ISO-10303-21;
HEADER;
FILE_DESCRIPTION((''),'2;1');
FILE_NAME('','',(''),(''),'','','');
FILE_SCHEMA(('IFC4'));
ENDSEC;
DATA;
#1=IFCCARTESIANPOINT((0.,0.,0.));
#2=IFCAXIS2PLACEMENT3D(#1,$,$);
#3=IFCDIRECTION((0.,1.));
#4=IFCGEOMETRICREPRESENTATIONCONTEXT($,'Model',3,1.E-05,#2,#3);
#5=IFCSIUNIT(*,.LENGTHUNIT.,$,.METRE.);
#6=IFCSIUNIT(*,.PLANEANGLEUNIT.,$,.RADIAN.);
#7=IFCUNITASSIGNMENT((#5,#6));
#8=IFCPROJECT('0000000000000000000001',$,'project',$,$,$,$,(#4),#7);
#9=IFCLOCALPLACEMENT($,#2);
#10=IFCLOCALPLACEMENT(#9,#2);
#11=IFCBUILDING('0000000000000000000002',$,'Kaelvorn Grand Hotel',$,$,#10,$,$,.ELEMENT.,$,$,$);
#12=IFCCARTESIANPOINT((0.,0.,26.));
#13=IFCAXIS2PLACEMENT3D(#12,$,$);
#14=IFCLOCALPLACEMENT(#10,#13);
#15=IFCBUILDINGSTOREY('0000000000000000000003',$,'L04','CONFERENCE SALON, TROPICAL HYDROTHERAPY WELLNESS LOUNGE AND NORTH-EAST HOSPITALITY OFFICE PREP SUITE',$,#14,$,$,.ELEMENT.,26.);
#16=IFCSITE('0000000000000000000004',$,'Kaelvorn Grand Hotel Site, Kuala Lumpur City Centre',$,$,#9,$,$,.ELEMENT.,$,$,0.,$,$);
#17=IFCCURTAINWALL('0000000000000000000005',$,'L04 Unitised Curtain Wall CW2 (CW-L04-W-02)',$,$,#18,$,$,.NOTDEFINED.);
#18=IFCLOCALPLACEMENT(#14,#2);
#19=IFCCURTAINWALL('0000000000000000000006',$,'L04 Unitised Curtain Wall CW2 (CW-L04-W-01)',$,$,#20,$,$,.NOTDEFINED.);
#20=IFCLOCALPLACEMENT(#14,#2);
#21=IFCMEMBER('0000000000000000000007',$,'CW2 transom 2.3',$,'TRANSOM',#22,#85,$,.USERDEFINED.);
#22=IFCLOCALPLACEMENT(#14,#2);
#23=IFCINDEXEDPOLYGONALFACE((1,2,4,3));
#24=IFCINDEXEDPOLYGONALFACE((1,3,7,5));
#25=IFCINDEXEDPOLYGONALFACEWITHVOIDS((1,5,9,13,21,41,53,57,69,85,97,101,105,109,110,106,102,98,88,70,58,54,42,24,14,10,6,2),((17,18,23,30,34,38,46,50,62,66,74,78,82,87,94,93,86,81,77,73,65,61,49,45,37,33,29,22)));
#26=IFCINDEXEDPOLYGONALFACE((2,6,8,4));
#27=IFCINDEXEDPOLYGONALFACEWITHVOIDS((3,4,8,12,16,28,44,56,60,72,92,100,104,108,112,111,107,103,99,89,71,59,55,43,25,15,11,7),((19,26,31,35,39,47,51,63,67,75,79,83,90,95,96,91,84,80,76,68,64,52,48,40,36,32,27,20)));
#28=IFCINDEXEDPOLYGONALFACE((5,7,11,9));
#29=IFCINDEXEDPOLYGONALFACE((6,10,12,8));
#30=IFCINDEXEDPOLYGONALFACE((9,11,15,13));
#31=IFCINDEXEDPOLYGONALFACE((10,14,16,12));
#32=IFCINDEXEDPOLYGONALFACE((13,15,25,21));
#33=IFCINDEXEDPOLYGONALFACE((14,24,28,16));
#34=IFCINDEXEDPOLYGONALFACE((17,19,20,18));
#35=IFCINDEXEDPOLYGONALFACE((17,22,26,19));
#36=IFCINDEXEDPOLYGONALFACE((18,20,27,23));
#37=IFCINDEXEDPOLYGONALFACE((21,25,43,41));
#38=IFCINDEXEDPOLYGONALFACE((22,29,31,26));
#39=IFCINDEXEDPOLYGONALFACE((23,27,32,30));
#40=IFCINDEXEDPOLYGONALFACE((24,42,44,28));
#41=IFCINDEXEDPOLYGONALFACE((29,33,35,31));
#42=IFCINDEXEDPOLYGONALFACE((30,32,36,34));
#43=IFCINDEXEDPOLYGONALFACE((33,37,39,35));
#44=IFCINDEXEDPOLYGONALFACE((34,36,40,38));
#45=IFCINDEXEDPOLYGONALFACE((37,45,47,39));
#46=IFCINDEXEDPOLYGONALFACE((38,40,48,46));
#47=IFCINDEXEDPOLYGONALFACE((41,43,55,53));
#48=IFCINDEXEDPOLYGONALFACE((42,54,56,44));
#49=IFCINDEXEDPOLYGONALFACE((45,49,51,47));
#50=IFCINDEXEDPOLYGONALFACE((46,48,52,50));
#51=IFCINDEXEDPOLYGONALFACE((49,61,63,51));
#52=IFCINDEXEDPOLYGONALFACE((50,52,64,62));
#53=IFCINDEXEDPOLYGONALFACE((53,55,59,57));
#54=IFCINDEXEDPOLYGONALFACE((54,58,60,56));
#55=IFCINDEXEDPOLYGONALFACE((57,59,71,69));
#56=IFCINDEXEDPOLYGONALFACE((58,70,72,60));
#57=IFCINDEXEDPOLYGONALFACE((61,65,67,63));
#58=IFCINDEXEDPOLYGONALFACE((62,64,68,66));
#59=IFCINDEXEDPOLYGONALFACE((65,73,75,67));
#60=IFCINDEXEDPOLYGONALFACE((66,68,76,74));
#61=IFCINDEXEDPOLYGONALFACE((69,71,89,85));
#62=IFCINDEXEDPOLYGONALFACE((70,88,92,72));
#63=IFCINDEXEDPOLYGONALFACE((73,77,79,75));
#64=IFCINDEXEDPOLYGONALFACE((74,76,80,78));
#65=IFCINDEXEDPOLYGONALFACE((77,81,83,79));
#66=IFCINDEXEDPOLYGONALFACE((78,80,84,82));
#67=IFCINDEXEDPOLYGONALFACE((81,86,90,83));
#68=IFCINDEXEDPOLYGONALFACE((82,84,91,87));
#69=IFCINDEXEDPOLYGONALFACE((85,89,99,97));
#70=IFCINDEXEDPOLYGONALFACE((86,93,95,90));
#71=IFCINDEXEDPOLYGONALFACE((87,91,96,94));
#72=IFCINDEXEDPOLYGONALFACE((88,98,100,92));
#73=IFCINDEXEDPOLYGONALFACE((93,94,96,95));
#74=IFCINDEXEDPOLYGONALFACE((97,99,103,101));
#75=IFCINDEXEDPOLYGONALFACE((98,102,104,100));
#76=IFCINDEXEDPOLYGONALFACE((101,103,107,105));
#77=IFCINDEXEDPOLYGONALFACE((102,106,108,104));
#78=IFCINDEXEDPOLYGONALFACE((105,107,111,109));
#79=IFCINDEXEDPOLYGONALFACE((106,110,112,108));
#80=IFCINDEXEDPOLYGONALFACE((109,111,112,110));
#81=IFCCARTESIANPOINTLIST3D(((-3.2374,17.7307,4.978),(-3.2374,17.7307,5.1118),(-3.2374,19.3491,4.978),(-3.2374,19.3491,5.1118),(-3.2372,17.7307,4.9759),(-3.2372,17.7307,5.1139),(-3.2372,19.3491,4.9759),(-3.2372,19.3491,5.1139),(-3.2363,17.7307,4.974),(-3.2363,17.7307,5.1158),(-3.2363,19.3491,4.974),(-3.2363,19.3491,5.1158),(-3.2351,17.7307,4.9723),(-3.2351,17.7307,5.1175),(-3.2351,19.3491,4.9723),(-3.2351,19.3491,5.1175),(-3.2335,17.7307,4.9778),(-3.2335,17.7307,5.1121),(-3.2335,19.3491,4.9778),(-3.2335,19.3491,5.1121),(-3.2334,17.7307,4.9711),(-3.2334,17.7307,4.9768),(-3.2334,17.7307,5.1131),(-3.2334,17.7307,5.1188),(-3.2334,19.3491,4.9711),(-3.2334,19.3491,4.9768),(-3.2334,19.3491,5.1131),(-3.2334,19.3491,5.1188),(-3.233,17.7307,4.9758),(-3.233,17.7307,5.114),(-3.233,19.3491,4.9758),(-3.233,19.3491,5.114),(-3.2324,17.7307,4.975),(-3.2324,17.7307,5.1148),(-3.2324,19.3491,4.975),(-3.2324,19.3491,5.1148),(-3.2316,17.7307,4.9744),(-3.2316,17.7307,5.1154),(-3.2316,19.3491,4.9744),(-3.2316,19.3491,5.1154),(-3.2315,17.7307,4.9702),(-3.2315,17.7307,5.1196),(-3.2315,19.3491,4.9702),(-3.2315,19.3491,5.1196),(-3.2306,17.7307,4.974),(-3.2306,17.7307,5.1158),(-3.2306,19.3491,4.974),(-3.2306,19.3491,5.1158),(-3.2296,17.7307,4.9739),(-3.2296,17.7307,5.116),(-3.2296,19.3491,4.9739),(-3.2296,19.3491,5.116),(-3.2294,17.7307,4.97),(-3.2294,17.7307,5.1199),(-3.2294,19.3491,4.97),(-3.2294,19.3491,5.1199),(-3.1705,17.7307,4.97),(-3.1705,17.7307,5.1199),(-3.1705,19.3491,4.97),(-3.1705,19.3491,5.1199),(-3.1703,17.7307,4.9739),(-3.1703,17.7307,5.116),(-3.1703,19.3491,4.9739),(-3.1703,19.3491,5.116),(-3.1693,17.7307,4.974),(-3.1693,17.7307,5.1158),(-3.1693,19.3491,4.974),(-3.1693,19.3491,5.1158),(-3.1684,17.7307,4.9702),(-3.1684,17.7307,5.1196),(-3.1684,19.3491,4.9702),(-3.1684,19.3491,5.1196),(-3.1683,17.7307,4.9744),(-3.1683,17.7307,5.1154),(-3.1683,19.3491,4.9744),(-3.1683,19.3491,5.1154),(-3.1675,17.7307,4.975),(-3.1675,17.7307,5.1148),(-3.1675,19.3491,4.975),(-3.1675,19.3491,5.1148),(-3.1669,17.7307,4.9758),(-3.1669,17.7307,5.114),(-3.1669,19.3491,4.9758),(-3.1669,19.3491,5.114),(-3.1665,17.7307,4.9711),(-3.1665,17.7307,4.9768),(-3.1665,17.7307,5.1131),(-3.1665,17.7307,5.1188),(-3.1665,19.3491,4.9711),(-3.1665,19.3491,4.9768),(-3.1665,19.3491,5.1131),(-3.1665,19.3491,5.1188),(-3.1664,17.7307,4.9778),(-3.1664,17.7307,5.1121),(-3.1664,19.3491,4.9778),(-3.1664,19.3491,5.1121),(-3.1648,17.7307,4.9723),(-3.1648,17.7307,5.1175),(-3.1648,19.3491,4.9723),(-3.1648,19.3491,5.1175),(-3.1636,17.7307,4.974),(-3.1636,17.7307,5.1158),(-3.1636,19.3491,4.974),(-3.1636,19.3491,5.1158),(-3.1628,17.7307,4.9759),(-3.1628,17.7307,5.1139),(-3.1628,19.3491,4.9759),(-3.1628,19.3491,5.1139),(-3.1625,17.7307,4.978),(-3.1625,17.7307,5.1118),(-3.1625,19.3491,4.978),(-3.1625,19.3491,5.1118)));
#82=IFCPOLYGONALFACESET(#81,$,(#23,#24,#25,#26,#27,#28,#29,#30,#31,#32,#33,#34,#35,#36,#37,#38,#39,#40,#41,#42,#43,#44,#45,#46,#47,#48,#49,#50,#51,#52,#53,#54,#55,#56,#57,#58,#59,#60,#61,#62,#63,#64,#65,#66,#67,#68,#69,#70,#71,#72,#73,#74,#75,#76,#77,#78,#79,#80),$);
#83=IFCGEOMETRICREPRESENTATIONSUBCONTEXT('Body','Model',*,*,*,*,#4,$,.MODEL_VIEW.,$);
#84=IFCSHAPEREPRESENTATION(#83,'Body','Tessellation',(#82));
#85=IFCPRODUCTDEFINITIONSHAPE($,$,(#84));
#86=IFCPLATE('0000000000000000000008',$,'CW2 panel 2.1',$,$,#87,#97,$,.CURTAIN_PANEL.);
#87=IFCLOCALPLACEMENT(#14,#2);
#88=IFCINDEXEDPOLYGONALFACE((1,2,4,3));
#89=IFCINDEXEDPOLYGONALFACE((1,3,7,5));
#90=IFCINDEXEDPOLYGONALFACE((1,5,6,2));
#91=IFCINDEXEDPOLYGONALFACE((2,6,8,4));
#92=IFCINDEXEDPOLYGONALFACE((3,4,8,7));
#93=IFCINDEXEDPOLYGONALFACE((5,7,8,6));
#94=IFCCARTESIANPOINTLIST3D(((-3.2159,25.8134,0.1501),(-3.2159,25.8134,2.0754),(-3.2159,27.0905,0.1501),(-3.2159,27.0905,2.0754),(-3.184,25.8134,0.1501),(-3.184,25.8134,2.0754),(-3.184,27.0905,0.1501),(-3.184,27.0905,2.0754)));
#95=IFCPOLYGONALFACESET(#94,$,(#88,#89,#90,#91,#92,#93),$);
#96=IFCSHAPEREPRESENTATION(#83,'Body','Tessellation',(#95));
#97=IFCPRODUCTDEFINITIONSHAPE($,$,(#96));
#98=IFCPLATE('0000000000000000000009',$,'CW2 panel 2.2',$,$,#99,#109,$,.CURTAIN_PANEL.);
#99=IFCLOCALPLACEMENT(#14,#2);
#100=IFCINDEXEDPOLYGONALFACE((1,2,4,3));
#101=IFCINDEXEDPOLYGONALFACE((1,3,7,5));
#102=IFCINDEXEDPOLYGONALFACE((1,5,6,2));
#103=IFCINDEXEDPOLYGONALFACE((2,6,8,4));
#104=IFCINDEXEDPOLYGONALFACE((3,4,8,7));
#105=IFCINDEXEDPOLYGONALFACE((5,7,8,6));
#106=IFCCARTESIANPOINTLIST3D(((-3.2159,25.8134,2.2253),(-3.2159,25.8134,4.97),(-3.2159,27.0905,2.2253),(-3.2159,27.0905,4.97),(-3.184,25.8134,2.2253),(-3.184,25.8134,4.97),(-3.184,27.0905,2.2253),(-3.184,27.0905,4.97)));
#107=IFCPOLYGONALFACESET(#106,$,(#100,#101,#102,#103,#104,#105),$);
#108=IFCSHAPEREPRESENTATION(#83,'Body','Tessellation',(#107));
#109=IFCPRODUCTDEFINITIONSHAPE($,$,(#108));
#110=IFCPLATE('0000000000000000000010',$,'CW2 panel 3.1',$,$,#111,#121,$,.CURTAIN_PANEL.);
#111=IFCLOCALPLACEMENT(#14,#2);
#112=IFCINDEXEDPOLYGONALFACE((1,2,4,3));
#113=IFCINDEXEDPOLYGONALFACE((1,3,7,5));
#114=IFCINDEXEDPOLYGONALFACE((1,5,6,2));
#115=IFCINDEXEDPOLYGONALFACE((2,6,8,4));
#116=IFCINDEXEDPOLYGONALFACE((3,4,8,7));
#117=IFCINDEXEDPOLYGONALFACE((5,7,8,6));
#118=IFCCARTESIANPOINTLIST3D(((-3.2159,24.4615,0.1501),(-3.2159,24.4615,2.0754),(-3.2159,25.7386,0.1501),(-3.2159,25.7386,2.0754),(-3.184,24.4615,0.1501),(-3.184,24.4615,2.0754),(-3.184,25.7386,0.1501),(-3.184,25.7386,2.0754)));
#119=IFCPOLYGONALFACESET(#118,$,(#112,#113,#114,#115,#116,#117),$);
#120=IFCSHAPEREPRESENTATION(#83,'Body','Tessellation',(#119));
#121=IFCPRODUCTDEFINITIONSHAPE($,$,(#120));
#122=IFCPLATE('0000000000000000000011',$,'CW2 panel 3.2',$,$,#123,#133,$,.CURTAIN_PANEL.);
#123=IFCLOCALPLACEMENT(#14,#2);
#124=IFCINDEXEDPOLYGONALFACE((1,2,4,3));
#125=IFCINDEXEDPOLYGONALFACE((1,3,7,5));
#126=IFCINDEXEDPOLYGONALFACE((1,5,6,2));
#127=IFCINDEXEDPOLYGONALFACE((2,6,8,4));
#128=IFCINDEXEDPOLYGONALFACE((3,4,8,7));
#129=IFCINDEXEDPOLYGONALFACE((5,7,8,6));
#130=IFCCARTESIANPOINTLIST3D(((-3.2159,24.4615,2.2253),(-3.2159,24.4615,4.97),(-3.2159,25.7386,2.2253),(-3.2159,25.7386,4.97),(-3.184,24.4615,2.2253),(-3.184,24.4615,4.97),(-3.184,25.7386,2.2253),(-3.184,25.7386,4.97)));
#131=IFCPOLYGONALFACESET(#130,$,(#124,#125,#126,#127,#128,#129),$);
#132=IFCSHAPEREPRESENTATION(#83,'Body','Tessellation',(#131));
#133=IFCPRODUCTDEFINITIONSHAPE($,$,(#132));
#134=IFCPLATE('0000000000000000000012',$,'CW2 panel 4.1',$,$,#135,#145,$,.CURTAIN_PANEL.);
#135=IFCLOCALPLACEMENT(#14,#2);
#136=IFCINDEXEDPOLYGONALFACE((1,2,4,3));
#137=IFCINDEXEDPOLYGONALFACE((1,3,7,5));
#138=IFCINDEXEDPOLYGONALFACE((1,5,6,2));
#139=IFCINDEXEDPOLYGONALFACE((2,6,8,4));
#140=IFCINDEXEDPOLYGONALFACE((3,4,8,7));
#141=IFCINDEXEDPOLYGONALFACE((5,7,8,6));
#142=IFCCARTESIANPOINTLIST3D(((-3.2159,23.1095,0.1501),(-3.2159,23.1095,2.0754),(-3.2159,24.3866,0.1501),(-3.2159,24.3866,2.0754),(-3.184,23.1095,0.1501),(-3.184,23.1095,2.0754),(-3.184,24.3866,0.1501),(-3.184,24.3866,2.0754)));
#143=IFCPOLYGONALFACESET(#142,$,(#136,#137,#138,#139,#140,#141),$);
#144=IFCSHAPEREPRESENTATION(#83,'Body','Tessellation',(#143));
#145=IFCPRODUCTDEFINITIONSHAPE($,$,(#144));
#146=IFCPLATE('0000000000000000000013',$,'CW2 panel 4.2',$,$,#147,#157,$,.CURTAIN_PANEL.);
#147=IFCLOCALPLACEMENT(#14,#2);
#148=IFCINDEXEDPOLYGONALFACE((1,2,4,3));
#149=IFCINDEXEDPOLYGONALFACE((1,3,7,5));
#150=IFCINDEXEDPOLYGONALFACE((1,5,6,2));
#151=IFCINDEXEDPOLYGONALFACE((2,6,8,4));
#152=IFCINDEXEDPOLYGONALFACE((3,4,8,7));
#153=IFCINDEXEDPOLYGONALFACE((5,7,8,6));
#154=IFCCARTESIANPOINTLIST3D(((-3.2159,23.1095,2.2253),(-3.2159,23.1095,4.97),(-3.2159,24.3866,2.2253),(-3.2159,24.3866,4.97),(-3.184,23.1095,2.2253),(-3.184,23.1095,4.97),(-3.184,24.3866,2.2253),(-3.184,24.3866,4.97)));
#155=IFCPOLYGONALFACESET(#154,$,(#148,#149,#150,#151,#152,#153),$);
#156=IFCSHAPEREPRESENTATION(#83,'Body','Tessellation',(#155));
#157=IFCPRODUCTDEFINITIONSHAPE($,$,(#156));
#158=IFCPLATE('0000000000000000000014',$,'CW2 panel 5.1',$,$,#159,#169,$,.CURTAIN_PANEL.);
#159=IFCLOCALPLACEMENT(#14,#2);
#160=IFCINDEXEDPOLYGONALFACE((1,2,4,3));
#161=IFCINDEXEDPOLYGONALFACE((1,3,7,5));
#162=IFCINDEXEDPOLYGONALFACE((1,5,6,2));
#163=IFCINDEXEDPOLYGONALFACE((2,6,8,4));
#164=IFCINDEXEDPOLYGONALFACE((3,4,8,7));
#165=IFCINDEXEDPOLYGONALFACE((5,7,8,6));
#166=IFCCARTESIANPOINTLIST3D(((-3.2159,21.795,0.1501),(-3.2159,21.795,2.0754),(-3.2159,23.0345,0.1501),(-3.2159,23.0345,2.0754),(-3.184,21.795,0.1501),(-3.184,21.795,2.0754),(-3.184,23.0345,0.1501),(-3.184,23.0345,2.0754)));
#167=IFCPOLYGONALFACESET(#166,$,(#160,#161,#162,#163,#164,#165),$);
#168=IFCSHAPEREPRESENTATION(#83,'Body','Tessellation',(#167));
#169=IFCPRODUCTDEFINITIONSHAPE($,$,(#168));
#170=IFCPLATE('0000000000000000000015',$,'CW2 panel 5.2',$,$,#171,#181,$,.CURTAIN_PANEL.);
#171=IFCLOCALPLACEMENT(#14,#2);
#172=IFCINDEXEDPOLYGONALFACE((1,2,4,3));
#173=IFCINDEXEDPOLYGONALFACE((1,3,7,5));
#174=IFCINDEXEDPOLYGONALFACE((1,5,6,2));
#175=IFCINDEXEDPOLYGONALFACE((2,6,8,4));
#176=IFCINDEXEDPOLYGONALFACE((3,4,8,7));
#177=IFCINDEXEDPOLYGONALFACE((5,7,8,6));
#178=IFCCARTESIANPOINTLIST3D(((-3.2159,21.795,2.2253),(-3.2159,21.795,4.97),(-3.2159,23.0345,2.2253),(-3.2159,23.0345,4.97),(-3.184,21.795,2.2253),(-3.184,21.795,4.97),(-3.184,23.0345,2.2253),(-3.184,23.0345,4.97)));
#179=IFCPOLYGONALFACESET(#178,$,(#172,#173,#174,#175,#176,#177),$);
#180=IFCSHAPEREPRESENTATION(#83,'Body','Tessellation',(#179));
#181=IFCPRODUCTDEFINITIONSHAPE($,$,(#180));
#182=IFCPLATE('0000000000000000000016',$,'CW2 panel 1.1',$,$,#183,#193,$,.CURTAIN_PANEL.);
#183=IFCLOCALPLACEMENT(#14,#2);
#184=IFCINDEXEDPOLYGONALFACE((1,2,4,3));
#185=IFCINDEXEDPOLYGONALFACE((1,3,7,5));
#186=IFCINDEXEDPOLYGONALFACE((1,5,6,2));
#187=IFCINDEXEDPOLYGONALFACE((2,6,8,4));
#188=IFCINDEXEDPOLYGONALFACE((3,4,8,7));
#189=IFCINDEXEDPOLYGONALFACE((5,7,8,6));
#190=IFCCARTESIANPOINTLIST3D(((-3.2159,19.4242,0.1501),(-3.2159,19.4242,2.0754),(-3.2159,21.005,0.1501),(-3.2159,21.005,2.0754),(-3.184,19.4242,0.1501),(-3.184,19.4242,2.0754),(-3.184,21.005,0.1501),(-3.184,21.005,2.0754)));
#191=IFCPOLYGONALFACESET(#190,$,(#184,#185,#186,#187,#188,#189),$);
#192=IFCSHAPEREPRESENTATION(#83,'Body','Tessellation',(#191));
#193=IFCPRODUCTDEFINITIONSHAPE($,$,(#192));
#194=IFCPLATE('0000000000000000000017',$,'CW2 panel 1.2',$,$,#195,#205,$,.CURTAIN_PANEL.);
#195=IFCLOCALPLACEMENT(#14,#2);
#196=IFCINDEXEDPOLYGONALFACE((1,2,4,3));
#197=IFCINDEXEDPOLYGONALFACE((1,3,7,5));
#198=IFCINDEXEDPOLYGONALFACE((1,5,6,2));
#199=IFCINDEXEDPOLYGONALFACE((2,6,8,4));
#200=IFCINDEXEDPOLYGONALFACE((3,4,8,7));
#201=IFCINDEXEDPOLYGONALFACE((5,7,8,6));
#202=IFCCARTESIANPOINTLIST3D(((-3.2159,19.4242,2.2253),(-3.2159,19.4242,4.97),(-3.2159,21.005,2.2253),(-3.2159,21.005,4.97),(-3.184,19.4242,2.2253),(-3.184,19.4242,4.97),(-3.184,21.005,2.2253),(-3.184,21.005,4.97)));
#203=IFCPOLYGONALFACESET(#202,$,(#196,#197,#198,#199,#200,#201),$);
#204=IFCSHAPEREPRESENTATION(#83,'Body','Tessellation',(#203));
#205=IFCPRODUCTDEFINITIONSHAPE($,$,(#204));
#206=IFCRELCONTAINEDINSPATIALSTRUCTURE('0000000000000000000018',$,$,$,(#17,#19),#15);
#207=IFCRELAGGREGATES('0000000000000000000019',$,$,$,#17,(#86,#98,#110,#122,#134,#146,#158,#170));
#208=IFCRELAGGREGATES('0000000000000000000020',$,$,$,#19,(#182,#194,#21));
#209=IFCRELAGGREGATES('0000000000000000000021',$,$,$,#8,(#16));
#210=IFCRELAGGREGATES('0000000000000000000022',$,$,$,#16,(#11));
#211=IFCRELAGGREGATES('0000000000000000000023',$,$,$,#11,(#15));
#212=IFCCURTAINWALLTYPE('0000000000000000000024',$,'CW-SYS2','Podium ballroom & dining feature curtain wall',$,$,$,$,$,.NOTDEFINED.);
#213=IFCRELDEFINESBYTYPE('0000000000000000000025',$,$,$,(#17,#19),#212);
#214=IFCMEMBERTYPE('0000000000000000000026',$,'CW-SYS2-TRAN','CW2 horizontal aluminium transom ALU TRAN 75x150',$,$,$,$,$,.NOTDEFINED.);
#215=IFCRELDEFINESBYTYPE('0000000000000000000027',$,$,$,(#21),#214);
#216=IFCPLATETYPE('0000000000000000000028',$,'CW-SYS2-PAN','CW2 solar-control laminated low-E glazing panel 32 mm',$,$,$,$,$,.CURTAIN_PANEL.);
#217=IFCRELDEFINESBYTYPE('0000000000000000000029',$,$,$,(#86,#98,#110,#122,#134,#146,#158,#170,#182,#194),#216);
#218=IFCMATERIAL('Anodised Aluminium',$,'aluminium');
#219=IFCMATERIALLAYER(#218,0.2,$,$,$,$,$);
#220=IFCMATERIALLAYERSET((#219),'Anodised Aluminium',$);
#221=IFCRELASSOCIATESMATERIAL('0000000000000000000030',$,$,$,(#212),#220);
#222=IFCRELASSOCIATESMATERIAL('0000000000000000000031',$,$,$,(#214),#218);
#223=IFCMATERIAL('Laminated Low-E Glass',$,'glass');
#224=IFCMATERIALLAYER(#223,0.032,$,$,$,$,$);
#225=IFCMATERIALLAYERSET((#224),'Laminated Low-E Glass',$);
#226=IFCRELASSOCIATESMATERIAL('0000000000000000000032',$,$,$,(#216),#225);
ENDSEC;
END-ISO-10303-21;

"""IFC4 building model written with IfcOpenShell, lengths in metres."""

from ifc_helpers import new_model, si_unit, direction, frame, origin, origin_2d, place, context, subcontext, project, spatial, rectangle, hollow_rectangle, extrude, material, layer, layer_set, material_profile, profile_set, type_object, element, aggregate, save


model = new_model("IFC4")

# Units and contexts
model_context = context("Model", 3, precision=1e-05, world=origin(), true_north=direction((0.0, 1.0)))
body_context = subcontext(model_context, "Body", "Model", "MODEL_VIEW")
ifc_project = project(units=[si_unit("LENGTHUNIT", "METRE"), si_unit("PLANEANGLEUNIT", "RADIAN")], contexts=[model_context])

# Site, building, storey
site_placement = place(None, origin())
site = spatial("IfcSite", under=ifc_project, at=site_placement, Name="Kaelvorn Grand Hotel Site, Kuala Lumpur City Centre", CompositionType="ELEMENT", RefElevation=0.0)
building_placement = place(site_placement, origin())
building = spatial("IfcBuilding", under=site, at=building_placement, Name="Kaelvorn Grand Hotel", CompositionType="ELEMENT")
storey_placement = place(building_placement, frame((0.0, 0.0, 26.0)))
storey = spatial("IfcBuildingStorey", under=building, at=storey_placement, Name="L04", Description="CONFERENCE SALON, TROPICAL HYDROTHERAPY WELLNESS LOUNGE AND NORTH-EAST HOSPITALITY OFFICE PREP SUITE", CompositionType="ELEMENT", Elevation=26.0)

# Curtain walls
ifc_material_1 = material(Name="Anodised Aluminium", Category="aluminium")
ifc_layer_1 = layer(ifc_material_1, 0.2)
ifc_layer_set_1 = layer_set([ifc_layer_1], Name="Anodised Aluminium")
curtain_wall_type = type_object("IfcCurtainWallType", Name="CW-SYS2", Description="Podium ballroom & dining feature curtain wall", PredefinedType="NOTDEFINED", material=ifc_layer_set_1)
curtain_wall_1_placement = place(storey_placement, origin())
curtain_wall_1 = element("IfcCurtainWall", 1, at=curtain_wall_1_placement, inside=storey, type_object=curtain_wall_type, Name="L04 Unitised Curtain Wall CW2 (CW-L04-W-02)", PredefinedType="NOTDEFINED")
curtain_wall_2_placement = place(storey_placement, origin())
curtain_wall_2 = element("IfcCurtainWall", 2, at=curtain_wall_2_placement, inside=storey, type_object=curtain_wall_type, Name="L04 Unitised Curtain Wall CW2 (CW-L04-W-01)", PredefinedType="NOTDEFINED")

# Member
ifc_material_profile_1 = material_profile(ifc_material_1, hollow_rectangle(XDim=0.075, YDim=0.1499, WallThickness=0.0039, InnerFilletRadius=0.0039, OuterFilletRadius=0.0081, at=origin_2d()), Name="ALU TRAN 75x150")
ifc_profile_set_1 = profile_set([ifc_material_profile_1], Name="Anodised Aluminium")
member_type_1 = type_object("IfcMemberType", Name="CW-SYS2-TRAN", Description="CW2 horizontal aluminium transom ALU TRAN 75x150", PredefinedType="NOTDEFINED", material=ifc_profile_set_1)
member_1_placement = place(storey_placement, frame((-3.2, 19.3491, 5.0449), z_axis=(0.0, -1.0, 0.0), x_axis=(1.0, 0.0, 0.0)))
member_1 = element("IfcMember", 3, at=member_1_placement, type_object=member_type_1, Name="CW2 transom 2.3", ObjectType="TRANSOM", PredefinedType="USERDEFINED", context=body_context, shape_type="SweptSolid", body=[
    extrude(hollow_rectangle(XDim=0.075, YDim=0.1499, WallThickness=0.0039, InnerFilletRadius=0.0039, OuterFilletRadius=0.0081, at=origin_2d()), origin(), (0.0, 0.0, 1.0), 1.6184),
])

# Plates
ifc_material_2 = material(Name="Laminated Low-E Glass", Category="glass")
ifc_layer_2 = layer(ifc_material_2, 0.032)
ifc_layer_set_2 = layer_set([ifc_layer_2], Name="Laminated Low-E Glass")
plate_type = type_object("IfcPlateType", Name="CW-SYS2-PAN", Description="CW2 solar-control laminated low-E glazing panel 32 mm", PredefinedType="CURTAIN_PANEL", material=ifc_layer_set_2)
plate_1_placement = place(storey_placement, frame((-3.2, 26.4519, 0.1501), z_axis=(0.0, 0.0, 1.0), x_axis=(0.0, -1.0, 0.0)))
plate_1 = element("IfcPlate", 4, at=plate_1_placement, type_object=plate_type, Name="CW2 panel 2.1", PredefinedType="CURTAIN_PANEL", context=body_context, shape_type="SweptSolid", body=[
    extrude(rectangle(XDim=1.2771, YDim=0.032, at=origin_2d()), origin(), (0.0, 0.0, 1.0), 1.9253),
])
plate_2_placement = place(storey_placement, frame((-3.2, 26.4519, 2.2253), z_axis=(0.0, 0.0, 1.0), x_axis=(0.0, -1.0, 0.0)))
plate_2 = element("IfcPlate", 5, at=plate_2_placement, type_object=plate_type, Name="CW2 panel 2.2", PredefinedType="CURTAIN_PANEL", context=body_context, shape_type="SweptSolid", body=[
    extrude(rectangle(XDim=1.2771, YDim=0.032, at=origin_2d()), origin(), (0.0, 0.0, 1.0), 2.7446),
])
plate_3_placement = place(storey_placement, frame((-3.2, 25.1001, 0.1501), z_axis=(0.0, 0.0, 1.0), x_axis=(0.0, -1.0, 0.0)))
plate_3 = element("IfcPlate", 6, at=plate_3_placement, type_object=plate_type, Name="CW2 panel 3.1", PredefinedType="CURTAIN_PANEL", context=body_context, shape_type="SweptSolid", body=[
    extrude(rectangle(XDim=1.2771, YDim=0.032, at=origin_2d()), origin(), (0.0, 0.0, 1.0), 1.9253),
])
plate_4_placement = place(storey_placement, frame((-3.2, 25.1001, 2.2253), z_axis=(0.0, 0.0, 1.0), x_axis=(0.0, -1.0, 0.0)))
plate_4 = element("IfcPlate", 7, at=plate_4_placement, type_object=plate_type, Name="CW2 panel 3.2", PredefinedType="CURTAIN_PANEL", context=body_context, shape_type="SweptSolid", body=[
    extrude(rectangle(XDim=1.2771, YDim=0.032, at=origin_2d()), origin(), (0.0, 0.0, 1.0), 2.7446),
])
plate_5_placement = place(storey_placement, frame((-3.2, 23.748, 0.1501), z_axis=(0.0, 0.0, 1.0), x_axis=(0.0, -1.0, 0.0)))
plate_5 = element("IfcPlate", 8, at=plate_5_placement, type_object=plate_type, Name="CW2 panel 4.1", PredefinedType="CURTAIN_PANEL", context=body_context, shape_type="SweptSolid", body=[
    extrude(rectangle(XDim=1.2771, YDim=0.032, at=origin_2d()), origin(), (0.0, 0.0, 1.0), 1.9253),
])
plate_6_placement = place(storey_placement, frame((-3.2, 23.748, 2.2253), z_axis=(0.0, 0.0, 1.0), x_axis=(0.0, -1.0, 0.0)))
plate_6 = element("IfcPlate", 9, at=plate_6_placement, type_object=plate_type, Name="CW2 panel 4.2", PredefinedType="CURTAIN_PANEL", context=body_context, shape_type="SweptSolid", body=[
    extrude(rectangle(XDim=1.2771, YDim=0.032, at=origin_2d()), origin(), (0.0, 0.0, 1.0), 2.7446),
])
plate_7_placement = place(storey_placement, frame((-3.2, 22.4148, 0.1501), z_axis=(0.0, 0.0, 1.0), x_axis=(0.0, -1.0, 0.0)))
plate_7 = element("IfcPlate", 10, at=plate_7_placement, type_object=plate_type, Name="CW2 panel 5.1", PredefinedType="CURTAIN_PANEL", context=body_context, shape_type="SweptSolid", body=[
    extrude(rectangle(XDim=1.2395, YDim=0.032, at=origin_2d()), origin(), (0.0, 0.0, 1.0), 1.9253),
])
plate_8_placement = place(storey_placement, frame((-3.2, 22.4148, 2.2253), z_axis=(0.0, 0.0, 1.0), x_axis=(0.0, -1.0, 0.0)))
plate_8 = element("IfcPlate", 11, at=plate_8_placement, type_object=plate_type, Name="CW2 panel 5.2", PredefinedType="CURTAIN_PANEL", context=body_context, shape_type="SweptSolid", body=[
    extrude(rectangle(XDim=1.2395, YDim=0.032, at=origin_2d()), origin(), (0.0, 0.0, 1.0), 2.7446),
])
aggregate(curtain_wall_1, [plate_1, plate_2, plate_3, plate_4, plate_5, plate_6, plate_7, plate_8])
plate_9_placement = place(storey_placement, frame((-3.2, 20.2146, 0.1501), z_axis=(0.0, 0.0, 1.0), x_axis=(0.0, -1.0, 0.0)))
plate_9 = element("IfcPlate", 12, at=plate_9_placement, type_object=plate_type, Name="CW2 panel 1.1", PredefinedType="CURTAIN_PANEL", context=body_context, shape_type="SweptSolid", body=[
    extrude(rectangle(XDim=1.5808, YDim=0.032, at=origin_2d()), origin(), (0.0, 0.0, 1.0), 1.9253),
])
plate_10_placement = place(storey_placement, frame((-3.2, 20.2146, 2.2253), z_axis=(0.0, 0.0, 1.0), x_axis=(0.0, -1.0, 0.0)))
plate_10 = element("IfcPlate", 13, at=plate_10_placement, type_object=plate_type, Name="CW2 panel 1.2", PredefinedType="CURTAIN_PANEL", context=body_context, shape_type="SweptSolid", body=[
    extrude(rectangle(XDim=1.5808, YDim=0.032, at=origin_2d()), origin(), (0.0, 0.0, 1.0), 2.7446),
])
aggregate(curtain_wall_2, [plate_9, plate_10, member_1])

save(model, "model.ifc")
